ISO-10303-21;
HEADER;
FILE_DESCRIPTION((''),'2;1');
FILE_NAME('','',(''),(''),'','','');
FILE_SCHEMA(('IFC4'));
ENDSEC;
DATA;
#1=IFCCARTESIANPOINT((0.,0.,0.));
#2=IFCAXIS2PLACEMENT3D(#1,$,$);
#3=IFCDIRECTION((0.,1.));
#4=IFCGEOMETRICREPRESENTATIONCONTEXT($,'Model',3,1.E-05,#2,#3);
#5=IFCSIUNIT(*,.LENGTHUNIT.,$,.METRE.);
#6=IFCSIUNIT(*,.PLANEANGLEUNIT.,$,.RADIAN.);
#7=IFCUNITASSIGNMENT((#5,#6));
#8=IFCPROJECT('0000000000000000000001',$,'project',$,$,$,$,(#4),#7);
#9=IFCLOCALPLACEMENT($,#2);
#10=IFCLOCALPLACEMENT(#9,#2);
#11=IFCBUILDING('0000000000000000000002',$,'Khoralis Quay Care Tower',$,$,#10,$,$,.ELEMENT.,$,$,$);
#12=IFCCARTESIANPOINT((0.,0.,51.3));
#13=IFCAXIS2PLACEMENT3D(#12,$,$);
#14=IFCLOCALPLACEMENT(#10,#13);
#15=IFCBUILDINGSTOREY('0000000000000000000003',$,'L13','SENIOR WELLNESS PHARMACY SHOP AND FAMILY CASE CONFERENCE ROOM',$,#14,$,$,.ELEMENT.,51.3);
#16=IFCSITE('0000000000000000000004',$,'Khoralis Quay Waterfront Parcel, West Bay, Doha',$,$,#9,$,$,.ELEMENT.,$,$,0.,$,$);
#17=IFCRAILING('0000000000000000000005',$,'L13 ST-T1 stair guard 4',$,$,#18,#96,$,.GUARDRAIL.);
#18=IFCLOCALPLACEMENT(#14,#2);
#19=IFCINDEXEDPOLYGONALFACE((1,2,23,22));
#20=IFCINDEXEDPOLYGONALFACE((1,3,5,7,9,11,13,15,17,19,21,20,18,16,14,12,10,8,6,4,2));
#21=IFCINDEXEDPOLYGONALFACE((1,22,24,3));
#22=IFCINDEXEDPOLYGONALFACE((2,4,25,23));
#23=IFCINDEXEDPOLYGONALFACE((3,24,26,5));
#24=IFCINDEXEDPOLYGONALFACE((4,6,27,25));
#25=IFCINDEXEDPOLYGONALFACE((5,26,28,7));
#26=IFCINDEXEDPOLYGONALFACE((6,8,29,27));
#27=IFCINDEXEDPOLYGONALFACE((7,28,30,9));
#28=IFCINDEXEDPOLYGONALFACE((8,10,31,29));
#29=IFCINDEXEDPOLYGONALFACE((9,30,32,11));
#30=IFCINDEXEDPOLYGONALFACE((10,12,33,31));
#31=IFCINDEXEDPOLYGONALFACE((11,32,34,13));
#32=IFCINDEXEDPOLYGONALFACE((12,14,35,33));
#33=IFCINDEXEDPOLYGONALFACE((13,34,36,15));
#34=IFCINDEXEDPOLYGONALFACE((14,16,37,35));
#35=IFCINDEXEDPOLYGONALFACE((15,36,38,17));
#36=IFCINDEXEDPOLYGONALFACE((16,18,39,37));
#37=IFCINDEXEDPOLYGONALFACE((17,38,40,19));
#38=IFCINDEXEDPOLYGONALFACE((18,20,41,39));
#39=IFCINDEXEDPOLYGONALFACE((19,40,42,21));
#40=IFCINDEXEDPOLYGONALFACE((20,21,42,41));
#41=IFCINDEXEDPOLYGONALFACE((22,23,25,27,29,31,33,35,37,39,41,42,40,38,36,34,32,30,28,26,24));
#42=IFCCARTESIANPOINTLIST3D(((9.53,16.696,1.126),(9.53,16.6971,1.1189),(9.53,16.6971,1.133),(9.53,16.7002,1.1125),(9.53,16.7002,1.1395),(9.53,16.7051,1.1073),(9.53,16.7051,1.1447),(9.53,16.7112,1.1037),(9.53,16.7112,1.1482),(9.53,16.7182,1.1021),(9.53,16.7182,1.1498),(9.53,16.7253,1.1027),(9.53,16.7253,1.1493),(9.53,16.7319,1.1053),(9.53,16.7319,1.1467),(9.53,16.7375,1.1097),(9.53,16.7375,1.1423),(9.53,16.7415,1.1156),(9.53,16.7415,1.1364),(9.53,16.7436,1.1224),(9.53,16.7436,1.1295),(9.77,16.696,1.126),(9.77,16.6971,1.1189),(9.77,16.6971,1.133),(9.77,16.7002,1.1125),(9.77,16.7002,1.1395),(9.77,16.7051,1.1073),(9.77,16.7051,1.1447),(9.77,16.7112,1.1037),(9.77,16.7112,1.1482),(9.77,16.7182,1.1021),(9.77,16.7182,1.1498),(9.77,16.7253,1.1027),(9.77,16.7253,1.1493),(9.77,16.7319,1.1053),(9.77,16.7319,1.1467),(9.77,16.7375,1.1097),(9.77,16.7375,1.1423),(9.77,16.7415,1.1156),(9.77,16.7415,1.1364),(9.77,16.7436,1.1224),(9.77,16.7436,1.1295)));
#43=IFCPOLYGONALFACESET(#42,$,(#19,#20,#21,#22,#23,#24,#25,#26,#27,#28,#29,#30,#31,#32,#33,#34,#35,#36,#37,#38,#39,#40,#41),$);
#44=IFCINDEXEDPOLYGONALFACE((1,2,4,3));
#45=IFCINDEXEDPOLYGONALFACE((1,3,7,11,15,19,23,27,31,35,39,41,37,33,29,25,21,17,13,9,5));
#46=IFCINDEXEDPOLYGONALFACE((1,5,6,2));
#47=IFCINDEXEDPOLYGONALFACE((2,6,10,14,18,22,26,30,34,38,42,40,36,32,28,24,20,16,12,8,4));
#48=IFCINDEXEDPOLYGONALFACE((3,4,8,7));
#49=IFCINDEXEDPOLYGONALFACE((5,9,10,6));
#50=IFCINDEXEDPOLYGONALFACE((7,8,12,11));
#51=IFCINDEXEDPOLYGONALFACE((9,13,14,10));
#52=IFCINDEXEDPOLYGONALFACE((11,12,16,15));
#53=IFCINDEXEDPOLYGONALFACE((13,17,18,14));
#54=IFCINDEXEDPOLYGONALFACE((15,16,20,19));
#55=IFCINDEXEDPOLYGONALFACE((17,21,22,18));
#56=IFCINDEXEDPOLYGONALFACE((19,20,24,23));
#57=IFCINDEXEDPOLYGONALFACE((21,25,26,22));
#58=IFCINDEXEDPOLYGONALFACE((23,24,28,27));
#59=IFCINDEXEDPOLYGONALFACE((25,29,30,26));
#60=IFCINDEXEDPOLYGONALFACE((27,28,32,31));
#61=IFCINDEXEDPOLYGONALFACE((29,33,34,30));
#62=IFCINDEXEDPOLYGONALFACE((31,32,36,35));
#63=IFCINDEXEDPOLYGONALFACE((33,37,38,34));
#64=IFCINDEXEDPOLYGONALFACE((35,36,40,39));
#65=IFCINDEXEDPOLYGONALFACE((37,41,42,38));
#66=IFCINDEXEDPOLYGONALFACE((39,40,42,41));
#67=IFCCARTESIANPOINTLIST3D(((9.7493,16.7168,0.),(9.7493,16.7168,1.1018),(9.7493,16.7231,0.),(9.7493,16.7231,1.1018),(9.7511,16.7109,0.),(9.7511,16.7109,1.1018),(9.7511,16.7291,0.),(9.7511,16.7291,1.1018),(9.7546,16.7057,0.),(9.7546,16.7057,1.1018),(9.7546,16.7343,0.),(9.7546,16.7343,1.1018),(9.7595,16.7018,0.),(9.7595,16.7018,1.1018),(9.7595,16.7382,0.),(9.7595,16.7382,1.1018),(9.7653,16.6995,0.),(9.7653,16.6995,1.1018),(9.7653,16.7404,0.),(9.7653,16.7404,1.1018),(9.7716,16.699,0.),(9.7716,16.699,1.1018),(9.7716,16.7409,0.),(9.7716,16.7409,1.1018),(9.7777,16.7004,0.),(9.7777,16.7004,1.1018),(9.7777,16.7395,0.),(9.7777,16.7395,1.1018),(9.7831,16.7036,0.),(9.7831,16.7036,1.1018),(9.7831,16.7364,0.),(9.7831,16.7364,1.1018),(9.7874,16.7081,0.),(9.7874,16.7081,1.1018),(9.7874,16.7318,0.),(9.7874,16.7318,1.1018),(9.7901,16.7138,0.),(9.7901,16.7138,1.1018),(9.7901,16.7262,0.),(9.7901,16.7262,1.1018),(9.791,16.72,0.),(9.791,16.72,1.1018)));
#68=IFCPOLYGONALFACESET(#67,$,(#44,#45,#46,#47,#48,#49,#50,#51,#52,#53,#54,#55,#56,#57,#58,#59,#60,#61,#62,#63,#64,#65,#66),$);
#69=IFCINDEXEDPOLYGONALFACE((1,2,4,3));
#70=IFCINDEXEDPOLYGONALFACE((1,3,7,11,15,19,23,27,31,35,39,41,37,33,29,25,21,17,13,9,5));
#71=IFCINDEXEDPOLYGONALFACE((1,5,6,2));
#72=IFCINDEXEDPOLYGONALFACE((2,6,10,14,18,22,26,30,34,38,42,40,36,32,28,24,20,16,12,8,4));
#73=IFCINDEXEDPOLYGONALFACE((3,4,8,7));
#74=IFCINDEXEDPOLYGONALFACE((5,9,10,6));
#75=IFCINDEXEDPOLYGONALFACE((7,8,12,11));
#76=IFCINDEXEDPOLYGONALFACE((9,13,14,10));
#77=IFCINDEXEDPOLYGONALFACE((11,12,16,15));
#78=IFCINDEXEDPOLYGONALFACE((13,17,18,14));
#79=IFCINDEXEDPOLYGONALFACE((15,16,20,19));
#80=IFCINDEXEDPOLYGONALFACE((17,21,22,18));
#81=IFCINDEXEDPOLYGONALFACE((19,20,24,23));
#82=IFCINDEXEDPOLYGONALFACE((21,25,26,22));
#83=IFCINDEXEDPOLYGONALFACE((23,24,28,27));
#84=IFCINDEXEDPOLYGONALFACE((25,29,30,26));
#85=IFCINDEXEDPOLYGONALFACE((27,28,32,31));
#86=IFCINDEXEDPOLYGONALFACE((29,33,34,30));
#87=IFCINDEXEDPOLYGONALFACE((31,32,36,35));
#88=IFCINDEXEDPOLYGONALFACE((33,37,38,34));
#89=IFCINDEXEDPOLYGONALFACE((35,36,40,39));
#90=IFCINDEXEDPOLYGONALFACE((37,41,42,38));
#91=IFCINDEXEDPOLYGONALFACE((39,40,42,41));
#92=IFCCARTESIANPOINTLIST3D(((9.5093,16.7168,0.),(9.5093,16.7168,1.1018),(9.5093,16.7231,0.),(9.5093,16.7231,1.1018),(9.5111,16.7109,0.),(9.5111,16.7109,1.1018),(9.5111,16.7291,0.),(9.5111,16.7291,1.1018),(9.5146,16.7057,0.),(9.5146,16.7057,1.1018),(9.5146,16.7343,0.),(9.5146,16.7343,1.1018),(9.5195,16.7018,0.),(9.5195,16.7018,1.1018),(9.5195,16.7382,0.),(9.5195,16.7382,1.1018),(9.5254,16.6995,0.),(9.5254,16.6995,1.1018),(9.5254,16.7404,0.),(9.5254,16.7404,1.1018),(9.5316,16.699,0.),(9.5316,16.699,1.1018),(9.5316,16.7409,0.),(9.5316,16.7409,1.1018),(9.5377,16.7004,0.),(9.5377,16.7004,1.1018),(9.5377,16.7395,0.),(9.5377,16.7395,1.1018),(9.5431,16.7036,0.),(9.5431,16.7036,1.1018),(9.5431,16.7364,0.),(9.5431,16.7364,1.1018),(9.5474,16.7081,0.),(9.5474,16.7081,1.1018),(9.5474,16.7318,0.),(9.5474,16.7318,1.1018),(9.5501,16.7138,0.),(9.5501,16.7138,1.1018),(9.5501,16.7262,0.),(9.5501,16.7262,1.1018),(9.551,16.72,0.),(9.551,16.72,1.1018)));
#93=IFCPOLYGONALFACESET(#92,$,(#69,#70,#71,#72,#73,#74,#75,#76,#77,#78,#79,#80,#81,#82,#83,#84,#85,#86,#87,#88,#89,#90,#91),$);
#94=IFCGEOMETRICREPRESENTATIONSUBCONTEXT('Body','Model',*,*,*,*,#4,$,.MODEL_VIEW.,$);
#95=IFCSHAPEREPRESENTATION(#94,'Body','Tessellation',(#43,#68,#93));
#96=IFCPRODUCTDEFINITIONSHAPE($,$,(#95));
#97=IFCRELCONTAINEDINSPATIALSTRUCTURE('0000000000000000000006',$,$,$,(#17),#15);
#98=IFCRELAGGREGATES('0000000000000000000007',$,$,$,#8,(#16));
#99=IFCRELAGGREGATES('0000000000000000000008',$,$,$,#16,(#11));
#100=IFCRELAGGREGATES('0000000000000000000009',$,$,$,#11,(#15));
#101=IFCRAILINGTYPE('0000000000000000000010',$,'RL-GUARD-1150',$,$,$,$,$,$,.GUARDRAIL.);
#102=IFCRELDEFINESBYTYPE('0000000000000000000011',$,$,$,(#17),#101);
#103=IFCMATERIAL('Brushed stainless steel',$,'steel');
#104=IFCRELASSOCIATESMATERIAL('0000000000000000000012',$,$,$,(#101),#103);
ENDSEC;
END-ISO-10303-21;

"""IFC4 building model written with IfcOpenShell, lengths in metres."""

from ifc_helpers import new_model, si_unit, direction, frame, origin, origin_2d, place, context, subcontext, project, spatial, circle, extrude, material, type_object, element, save


model = new_model("IFC4")

# Units and contexts
model_context = context("Model", 3, precision=1e-05, world=origin(), true_north=direction((0.0, 1.0)))
body_context = subcontext(model_context, "Body", "Model", "MODEL_VIEW")
ifc_project = project(units=[si_unit("LENGTHUNIT", "METRE"), si_unit("PLANEANGLEUNIT", "RADIAN")], contexts=[model_context])

# Site, building, storey
site_placement = place(None, origin())
site = spatial("IfcSite", under=ifc_project, at=site_placement, Name="Khoralis Quay Waterfront Parcel, West Bay, Doha", CompositionType="ELEMENT", RefElevation=0.0)
building_placement = place(site_placement, origin())
building = spatial("IfcBuilding", under=site, at=building_placement, Name="Khoralis Quay Care Tower", CompositionType="ELEMENT")
storey_placement = place(building_placement, frame((0.0, 0.0, 51.3)))
storey = spatial("IfcBuildingStorey", under=building, at=storey_placement, Name="L13", Description="SENIOR WELLNESS PHARMACY SHOP AND FAMILY CASE CONFERENCE ROOM", CompositionType="ELEMENT", Elevation=51.3)

# Shared definitions
ifc_material_1 = material(Name="Brushed stainless steel", Category="steel")

# Railing
railing_type_1 = type_object("IfcRailingType", Name="RL-GUARD-1150", PredefinedType="GUARDRAIL", material=ifc_material_1)
railing_1_placement = place(storey_placement, frame((9.77, 16.72, 0.0)))
element("IfcRailing", 1, at=railing_1_placement, inside=storey, type_object=railing_type_1, Name="L13 ST-T1 stair guard 4", PredefinedType="GUARDRAIL", context=body_context, shape_type="SweptSolid", body=[
    extrude(circle(Radius=0.0239, at=origin_2d()), frame((0.0, 0.0, 1.126), z_axis=(-1.0, 0.0, 0.0), x_axis=(0.0, -1.0, 0.0)), (0.0, 0.0, 1.0), 0.24),
    extrude(circle(Radius=0.021, at=origin_2d()), origin(), (0.0, 0.0, 1.0), 1.1018),
    extrude(circle(Radius=0.021, at=origin_2d()), frame((-0.24, 0.0, 0.0)), (0.0, 0.0, 1.0), 1.1018),
])

save(model, "model.ifc")
